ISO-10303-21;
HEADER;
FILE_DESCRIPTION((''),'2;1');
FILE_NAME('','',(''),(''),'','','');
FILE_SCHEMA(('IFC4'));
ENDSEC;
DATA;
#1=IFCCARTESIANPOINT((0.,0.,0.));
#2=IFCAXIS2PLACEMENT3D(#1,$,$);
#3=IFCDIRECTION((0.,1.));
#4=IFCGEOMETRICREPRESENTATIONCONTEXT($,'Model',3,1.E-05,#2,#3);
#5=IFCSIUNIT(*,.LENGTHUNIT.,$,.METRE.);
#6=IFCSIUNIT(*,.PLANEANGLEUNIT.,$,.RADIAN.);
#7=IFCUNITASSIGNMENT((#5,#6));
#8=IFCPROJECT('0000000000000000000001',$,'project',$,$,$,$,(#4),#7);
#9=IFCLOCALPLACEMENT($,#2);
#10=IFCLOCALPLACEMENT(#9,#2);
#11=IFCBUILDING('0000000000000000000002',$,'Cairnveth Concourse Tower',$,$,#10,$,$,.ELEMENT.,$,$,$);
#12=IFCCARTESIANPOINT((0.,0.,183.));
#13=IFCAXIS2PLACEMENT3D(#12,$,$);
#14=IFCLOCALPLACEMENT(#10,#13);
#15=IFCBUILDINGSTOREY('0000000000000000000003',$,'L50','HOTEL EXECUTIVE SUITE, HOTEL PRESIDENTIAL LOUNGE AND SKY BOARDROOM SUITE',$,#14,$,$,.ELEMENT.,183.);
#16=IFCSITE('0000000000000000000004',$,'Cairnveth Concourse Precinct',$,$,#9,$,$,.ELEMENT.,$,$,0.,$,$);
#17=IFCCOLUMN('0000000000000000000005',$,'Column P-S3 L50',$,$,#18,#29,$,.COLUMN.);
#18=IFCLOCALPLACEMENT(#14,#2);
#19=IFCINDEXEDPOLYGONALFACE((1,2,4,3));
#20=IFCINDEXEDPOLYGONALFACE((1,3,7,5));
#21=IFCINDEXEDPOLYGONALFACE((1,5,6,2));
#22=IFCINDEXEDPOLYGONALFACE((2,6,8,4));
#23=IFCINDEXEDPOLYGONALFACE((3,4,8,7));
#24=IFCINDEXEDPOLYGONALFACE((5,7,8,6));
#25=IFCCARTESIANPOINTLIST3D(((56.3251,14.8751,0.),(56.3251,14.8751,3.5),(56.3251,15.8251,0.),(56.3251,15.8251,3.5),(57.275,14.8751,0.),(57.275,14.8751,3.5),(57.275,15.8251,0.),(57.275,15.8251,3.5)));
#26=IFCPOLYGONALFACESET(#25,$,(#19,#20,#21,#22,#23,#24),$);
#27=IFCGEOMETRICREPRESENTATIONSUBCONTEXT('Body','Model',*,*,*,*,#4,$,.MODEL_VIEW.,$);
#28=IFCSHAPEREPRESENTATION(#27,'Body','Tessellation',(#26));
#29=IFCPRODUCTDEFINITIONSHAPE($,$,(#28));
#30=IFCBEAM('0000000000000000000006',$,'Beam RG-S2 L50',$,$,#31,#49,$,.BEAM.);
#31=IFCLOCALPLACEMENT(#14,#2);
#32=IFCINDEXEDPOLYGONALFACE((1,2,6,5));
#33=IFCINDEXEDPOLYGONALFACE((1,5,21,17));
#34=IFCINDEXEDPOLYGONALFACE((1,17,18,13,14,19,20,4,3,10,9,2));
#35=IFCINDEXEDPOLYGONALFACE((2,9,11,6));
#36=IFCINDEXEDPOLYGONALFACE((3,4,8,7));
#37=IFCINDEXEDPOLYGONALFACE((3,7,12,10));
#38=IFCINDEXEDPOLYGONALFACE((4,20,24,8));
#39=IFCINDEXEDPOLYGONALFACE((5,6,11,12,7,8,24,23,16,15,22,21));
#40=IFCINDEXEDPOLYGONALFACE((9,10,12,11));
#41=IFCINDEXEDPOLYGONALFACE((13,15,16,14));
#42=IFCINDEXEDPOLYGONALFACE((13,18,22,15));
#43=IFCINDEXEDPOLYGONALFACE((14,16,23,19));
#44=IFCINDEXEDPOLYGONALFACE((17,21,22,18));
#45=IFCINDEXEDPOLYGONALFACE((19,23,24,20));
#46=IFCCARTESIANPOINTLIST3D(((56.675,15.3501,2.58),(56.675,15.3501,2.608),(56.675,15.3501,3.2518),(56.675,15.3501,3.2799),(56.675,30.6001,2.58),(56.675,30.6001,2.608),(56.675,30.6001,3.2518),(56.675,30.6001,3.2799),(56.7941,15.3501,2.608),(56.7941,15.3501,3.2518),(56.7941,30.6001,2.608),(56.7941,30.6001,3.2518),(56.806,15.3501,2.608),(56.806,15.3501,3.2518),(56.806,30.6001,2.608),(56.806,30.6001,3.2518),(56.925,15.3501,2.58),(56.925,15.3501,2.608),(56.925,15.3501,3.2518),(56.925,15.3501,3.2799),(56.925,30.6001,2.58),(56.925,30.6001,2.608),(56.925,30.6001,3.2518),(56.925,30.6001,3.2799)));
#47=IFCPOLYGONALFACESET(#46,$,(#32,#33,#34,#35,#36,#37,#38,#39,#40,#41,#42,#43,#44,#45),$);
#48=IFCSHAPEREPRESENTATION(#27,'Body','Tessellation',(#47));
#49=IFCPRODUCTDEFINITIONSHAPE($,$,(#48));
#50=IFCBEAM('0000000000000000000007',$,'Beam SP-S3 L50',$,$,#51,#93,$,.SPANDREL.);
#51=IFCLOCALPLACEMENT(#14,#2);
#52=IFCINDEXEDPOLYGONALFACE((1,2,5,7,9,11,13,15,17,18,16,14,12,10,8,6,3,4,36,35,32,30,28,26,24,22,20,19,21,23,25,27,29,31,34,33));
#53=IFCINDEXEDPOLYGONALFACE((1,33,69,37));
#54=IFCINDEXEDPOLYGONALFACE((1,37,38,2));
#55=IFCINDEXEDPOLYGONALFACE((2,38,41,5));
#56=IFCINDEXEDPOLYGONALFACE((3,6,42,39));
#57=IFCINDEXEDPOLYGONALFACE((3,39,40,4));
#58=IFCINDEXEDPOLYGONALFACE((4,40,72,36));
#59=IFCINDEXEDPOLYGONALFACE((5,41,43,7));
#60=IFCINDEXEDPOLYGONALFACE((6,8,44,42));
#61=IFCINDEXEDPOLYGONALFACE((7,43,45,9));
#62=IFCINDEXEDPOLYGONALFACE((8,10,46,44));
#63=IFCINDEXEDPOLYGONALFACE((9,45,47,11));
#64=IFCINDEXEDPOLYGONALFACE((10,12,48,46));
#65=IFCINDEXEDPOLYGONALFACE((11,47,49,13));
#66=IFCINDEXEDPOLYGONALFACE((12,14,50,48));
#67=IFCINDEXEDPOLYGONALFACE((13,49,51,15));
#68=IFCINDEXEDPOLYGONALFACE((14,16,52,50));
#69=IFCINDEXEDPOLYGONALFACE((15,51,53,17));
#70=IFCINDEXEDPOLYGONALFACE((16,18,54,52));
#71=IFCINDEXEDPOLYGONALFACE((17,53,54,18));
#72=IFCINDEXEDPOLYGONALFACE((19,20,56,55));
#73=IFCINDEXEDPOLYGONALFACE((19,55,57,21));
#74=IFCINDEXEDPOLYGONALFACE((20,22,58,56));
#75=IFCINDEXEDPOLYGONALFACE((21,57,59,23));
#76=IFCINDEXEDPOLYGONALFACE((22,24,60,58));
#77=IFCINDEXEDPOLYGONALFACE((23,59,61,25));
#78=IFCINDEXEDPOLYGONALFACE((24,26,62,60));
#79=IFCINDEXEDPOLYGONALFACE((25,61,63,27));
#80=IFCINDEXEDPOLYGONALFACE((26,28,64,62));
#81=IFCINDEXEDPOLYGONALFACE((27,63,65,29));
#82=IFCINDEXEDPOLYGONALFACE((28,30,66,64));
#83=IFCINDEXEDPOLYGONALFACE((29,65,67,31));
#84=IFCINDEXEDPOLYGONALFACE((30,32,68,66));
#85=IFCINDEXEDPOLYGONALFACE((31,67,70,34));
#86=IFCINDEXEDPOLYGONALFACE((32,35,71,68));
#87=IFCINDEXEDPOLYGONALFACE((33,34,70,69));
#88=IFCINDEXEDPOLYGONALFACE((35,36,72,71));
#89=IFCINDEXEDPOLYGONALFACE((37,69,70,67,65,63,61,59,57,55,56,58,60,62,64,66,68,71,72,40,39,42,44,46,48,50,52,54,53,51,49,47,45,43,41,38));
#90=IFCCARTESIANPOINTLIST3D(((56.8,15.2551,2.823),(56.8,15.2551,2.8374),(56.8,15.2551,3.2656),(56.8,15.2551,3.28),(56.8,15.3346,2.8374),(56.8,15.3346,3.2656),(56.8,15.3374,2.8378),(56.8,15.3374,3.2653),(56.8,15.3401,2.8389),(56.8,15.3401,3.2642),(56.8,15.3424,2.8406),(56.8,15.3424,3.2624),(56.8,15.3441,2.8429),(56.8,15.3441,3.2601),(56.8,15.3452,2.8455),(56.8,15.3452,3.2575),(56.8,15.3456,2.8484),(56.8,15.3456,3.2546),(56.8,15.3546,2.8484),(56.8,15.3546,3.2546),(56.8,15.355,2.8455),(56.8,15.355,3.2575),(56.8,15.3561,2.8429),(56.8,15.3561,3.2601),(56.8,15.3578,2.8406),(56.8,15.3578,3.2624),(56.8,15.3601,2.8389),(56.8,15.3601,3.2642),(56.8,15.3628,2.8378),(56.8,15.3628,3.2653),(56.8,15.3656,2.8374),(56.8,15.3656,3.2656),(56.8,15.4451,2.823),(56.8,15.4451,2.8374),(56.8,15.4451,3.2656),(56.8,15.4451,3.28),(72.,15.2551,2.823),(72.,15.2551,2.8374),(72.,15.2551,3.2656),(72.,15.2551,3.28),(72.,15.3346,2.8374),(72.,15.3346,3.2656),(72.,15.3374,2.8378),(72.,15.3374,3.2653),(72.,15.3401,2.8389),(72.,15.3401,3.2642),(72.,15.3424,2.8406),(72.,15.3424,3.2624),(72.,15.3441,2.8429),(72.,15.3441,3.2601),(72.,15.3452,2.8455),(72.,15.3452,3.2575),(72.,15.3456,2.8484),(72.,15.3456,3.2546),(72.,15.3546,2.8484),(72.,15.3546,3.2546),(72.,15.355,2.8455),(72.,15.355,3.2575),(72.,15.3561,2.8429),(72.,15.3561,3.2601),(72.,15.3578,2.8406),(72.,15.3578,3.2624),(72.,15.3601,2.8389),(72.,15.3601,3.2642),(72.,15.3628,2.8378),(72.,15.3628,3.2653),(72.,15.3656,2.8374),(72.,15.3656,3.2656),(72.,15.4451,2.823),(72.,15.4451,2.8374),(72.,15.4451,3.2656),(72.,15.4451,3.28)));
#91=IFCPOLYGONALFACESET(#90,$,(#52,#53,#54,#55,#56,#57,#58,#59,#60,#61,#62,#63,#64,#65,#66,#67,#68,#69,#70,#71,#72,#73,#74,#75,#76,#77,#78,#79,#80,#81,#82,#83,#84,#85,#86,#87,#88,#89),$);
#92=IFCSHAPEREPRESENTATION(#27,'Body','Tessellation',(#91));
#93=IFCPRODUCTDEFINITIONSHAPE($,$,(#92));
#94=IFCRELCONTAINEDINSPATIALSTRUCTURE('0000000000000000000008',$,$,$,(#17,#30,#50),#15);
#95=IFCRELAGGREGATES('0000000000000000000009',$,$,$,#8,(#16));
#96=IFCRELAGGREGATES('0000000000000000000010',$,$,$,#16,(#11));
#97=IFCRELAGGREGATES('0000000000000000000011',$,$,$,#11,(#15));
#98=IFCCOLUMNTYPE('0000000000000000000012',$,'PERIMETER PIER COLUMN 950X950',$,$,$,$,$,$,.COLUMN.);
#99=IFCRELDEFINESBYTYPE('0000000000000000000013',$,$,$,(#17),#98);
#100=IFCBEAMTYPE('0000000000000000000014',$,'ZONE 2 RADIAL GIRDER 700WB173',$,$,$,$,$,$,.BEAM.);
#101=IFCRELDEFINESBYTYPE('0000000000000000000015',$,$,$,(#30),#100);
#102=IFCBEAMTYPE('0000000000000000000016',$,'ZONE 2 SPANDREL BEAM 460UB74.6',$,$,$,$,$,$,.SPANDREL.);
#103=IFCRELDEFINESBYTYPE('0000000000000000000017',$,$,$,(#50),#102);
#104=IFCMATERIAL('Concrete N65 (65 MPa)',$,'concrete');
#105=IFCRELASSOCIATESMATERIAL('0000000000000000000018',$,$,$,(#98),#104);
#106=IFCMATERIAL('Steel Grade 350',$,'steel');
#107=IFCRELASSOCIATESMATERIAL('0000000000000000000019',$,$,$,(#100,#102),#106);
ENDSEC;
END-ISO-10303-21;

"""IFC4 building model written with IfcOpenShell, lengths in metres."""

from ifc_helpers import new_model, si_unit, direction, frame, origin, origin_2d, place, context, subcontext, project, spatial, rectangle, i_section, extrude, material, material_profile, profile_set, type_object, element, save


model = new_model("IFC4")

# Units and contexts
model_context = context("Model", 3, precision=1e-05, world=origin(), true_north=direction((0.0, 1.0)))
body_context = subcontext(model_context, "Body", "Model", "MODEL_VIEW")
ifc_project = project(units=[si_unit("LENGTHUNIT", "METRE"), si_unit("PLANEANGLEUNIT", "RADIAN")], contexts=[model_context])

# Site, building, storey
site_placement = place(None, origin())
site = spatial("IfcSite", under=ifc_project, at=site_placement, Name="Cairnveth Concourse Precinct", CompositionType="ELEMENT", RefElevation=0.0)
building_placement = place(site_placement, origin())
building = spatial("IfcBuilding", under=site, at=building_placement, Name="Cairnveth Concourse Tower", CompositionType="ELEMENT")
storey_placement = place(building_placement, frame((0.0, 0.0, 183.0)))
storey = spatial("IfcBuildingStorey", under=building, at=storey_placement, Name="L50", Description="HOTEL EXECUTIVE SUITE, HOTEL PRESIDENTIAL LOUNGE AND SKY BOARDROOM SUITE", CompositionType="ELEMENT", Elevation=183.0)

# Column
ifc_material_1 = material(Name="Concrete N65 (65 MPa)", Category="concrete")
ifc_material_profile_1 = material_profile(ifc_material_1, rectangle(XDim=0.95, YDim=0.95, at=origin_2d()), Name="RC-COL-950x950")
ifc_profile_set_1 = profile_set([ifc_material_profile_1], Name="Concrete N65 (65 MPa)")
column_type = type_object("IfcColumnType", Name="PERIMETER PIER COLUMN 950X950", PredefinedType="COLUMN", material=ifc_profile_set_1)
column_placement = place(storey_placement, frame((56.8, 15.3501, 0.0), z_axis=(0.0, 0.0, 1.0), x_axis=(1.0, 0.0, 0.0)))
element("IfcColumn", 1, at=column_placement, inside=storey, type_object=column_type, Name="Column P-S3 L50", PredefinedType="COLUMN", context=body_context, shape_type="SweptSolid", body=[
    extrude(rectangle(XDim=0.95, YDim=0.95, at=origin_2d()), origin(), (0.0, 0.0, 1.0), 3.5),
])

# Beams
ifc_material_2 = material(Name="Steel Grade 350", Category="steel")
ifc_material_profile_2 = material_profile(ifc_material_2, i_section(OverallWidth=0.25, OverallDepth=0.7, WebThickness=0.012, FlangeThickness=0.0281, at=origin_2d()), Name="700WB173")
ifc_profile_set_2 = profile_set([ifc_material_profile_2], Name="Steel Grade 350")
beam_type_1 = type_object("IfcBeamType", Name="ZONE 2 RADIAL GIRDER 700WB173", PredefinedType="BEAM", material=ifc_profile_set_2)
beam_1_placement = place(storey_placement, frame((56.8, 15.3501, 2.9299), z_axis=(0.0, 1.0, 0.0), x_axis=(-1.0, 0.0, 0.0)))
element("IfcBeam", 2, at=beam_1_placement, inside=storey, type_object=beam_type_1, Name="Beam RG-S2 L50", PredefinedType="BEAM", context=body_context, shape_type="SweptSolid", body=[
    extrude(i_section(OverallWidth=0.25, OverallDepth=0.7, WebThickness=0.012, FlangeThickness=0.0281, at=origin_2d()), origin(), (0.0, 0.0, 1.0), 15.25),
])
ifc_material_profile_3 = material_profile(ifc_material_2, i_section(OverallWidth=0.1899, OverallDepth=0.457, WebThickness=0.009, FlangeThickness=0.0144, FilletRadius=0.011, at=origin_2d()), Name="460UB74.6")
ifc_profile_set_3 = profile_set([ifc_material_profile_3], Name="Steel Grade 350")
beam_type_2 = type_object("IfcBeamType", Name="ZONE 2 SPANDREL BEAM 460UB74.6", PredefinedType="SPANDREL", material=ifc_profile_set_3)
beam_2_placement = place(storey_placement, frame((56.8, 15.3501, 3.0515), z_axis=(1.0, 0.0, 0.0), x_axis=(0.0, 1.0, 0.0)))
element("IfcBeam", 3, at=beam_2_placement, inside=storey, type_object=beam_type_2, Name="Beam SP-S3 L50", PredefinedType="SPANDREL", context=body_context, shape_type="SweptSolid", body=[
    extrude(i_section(OverallWidth=0.1899, OverallDepth=0.457, WebThickness=0.009, FlangeThickness=0.0144, FilletRadius=0.011, at=origin_2d()), origin(), (0.0, 0.0, 1.0), 15.2),
])

save(model, "model.ifc")
